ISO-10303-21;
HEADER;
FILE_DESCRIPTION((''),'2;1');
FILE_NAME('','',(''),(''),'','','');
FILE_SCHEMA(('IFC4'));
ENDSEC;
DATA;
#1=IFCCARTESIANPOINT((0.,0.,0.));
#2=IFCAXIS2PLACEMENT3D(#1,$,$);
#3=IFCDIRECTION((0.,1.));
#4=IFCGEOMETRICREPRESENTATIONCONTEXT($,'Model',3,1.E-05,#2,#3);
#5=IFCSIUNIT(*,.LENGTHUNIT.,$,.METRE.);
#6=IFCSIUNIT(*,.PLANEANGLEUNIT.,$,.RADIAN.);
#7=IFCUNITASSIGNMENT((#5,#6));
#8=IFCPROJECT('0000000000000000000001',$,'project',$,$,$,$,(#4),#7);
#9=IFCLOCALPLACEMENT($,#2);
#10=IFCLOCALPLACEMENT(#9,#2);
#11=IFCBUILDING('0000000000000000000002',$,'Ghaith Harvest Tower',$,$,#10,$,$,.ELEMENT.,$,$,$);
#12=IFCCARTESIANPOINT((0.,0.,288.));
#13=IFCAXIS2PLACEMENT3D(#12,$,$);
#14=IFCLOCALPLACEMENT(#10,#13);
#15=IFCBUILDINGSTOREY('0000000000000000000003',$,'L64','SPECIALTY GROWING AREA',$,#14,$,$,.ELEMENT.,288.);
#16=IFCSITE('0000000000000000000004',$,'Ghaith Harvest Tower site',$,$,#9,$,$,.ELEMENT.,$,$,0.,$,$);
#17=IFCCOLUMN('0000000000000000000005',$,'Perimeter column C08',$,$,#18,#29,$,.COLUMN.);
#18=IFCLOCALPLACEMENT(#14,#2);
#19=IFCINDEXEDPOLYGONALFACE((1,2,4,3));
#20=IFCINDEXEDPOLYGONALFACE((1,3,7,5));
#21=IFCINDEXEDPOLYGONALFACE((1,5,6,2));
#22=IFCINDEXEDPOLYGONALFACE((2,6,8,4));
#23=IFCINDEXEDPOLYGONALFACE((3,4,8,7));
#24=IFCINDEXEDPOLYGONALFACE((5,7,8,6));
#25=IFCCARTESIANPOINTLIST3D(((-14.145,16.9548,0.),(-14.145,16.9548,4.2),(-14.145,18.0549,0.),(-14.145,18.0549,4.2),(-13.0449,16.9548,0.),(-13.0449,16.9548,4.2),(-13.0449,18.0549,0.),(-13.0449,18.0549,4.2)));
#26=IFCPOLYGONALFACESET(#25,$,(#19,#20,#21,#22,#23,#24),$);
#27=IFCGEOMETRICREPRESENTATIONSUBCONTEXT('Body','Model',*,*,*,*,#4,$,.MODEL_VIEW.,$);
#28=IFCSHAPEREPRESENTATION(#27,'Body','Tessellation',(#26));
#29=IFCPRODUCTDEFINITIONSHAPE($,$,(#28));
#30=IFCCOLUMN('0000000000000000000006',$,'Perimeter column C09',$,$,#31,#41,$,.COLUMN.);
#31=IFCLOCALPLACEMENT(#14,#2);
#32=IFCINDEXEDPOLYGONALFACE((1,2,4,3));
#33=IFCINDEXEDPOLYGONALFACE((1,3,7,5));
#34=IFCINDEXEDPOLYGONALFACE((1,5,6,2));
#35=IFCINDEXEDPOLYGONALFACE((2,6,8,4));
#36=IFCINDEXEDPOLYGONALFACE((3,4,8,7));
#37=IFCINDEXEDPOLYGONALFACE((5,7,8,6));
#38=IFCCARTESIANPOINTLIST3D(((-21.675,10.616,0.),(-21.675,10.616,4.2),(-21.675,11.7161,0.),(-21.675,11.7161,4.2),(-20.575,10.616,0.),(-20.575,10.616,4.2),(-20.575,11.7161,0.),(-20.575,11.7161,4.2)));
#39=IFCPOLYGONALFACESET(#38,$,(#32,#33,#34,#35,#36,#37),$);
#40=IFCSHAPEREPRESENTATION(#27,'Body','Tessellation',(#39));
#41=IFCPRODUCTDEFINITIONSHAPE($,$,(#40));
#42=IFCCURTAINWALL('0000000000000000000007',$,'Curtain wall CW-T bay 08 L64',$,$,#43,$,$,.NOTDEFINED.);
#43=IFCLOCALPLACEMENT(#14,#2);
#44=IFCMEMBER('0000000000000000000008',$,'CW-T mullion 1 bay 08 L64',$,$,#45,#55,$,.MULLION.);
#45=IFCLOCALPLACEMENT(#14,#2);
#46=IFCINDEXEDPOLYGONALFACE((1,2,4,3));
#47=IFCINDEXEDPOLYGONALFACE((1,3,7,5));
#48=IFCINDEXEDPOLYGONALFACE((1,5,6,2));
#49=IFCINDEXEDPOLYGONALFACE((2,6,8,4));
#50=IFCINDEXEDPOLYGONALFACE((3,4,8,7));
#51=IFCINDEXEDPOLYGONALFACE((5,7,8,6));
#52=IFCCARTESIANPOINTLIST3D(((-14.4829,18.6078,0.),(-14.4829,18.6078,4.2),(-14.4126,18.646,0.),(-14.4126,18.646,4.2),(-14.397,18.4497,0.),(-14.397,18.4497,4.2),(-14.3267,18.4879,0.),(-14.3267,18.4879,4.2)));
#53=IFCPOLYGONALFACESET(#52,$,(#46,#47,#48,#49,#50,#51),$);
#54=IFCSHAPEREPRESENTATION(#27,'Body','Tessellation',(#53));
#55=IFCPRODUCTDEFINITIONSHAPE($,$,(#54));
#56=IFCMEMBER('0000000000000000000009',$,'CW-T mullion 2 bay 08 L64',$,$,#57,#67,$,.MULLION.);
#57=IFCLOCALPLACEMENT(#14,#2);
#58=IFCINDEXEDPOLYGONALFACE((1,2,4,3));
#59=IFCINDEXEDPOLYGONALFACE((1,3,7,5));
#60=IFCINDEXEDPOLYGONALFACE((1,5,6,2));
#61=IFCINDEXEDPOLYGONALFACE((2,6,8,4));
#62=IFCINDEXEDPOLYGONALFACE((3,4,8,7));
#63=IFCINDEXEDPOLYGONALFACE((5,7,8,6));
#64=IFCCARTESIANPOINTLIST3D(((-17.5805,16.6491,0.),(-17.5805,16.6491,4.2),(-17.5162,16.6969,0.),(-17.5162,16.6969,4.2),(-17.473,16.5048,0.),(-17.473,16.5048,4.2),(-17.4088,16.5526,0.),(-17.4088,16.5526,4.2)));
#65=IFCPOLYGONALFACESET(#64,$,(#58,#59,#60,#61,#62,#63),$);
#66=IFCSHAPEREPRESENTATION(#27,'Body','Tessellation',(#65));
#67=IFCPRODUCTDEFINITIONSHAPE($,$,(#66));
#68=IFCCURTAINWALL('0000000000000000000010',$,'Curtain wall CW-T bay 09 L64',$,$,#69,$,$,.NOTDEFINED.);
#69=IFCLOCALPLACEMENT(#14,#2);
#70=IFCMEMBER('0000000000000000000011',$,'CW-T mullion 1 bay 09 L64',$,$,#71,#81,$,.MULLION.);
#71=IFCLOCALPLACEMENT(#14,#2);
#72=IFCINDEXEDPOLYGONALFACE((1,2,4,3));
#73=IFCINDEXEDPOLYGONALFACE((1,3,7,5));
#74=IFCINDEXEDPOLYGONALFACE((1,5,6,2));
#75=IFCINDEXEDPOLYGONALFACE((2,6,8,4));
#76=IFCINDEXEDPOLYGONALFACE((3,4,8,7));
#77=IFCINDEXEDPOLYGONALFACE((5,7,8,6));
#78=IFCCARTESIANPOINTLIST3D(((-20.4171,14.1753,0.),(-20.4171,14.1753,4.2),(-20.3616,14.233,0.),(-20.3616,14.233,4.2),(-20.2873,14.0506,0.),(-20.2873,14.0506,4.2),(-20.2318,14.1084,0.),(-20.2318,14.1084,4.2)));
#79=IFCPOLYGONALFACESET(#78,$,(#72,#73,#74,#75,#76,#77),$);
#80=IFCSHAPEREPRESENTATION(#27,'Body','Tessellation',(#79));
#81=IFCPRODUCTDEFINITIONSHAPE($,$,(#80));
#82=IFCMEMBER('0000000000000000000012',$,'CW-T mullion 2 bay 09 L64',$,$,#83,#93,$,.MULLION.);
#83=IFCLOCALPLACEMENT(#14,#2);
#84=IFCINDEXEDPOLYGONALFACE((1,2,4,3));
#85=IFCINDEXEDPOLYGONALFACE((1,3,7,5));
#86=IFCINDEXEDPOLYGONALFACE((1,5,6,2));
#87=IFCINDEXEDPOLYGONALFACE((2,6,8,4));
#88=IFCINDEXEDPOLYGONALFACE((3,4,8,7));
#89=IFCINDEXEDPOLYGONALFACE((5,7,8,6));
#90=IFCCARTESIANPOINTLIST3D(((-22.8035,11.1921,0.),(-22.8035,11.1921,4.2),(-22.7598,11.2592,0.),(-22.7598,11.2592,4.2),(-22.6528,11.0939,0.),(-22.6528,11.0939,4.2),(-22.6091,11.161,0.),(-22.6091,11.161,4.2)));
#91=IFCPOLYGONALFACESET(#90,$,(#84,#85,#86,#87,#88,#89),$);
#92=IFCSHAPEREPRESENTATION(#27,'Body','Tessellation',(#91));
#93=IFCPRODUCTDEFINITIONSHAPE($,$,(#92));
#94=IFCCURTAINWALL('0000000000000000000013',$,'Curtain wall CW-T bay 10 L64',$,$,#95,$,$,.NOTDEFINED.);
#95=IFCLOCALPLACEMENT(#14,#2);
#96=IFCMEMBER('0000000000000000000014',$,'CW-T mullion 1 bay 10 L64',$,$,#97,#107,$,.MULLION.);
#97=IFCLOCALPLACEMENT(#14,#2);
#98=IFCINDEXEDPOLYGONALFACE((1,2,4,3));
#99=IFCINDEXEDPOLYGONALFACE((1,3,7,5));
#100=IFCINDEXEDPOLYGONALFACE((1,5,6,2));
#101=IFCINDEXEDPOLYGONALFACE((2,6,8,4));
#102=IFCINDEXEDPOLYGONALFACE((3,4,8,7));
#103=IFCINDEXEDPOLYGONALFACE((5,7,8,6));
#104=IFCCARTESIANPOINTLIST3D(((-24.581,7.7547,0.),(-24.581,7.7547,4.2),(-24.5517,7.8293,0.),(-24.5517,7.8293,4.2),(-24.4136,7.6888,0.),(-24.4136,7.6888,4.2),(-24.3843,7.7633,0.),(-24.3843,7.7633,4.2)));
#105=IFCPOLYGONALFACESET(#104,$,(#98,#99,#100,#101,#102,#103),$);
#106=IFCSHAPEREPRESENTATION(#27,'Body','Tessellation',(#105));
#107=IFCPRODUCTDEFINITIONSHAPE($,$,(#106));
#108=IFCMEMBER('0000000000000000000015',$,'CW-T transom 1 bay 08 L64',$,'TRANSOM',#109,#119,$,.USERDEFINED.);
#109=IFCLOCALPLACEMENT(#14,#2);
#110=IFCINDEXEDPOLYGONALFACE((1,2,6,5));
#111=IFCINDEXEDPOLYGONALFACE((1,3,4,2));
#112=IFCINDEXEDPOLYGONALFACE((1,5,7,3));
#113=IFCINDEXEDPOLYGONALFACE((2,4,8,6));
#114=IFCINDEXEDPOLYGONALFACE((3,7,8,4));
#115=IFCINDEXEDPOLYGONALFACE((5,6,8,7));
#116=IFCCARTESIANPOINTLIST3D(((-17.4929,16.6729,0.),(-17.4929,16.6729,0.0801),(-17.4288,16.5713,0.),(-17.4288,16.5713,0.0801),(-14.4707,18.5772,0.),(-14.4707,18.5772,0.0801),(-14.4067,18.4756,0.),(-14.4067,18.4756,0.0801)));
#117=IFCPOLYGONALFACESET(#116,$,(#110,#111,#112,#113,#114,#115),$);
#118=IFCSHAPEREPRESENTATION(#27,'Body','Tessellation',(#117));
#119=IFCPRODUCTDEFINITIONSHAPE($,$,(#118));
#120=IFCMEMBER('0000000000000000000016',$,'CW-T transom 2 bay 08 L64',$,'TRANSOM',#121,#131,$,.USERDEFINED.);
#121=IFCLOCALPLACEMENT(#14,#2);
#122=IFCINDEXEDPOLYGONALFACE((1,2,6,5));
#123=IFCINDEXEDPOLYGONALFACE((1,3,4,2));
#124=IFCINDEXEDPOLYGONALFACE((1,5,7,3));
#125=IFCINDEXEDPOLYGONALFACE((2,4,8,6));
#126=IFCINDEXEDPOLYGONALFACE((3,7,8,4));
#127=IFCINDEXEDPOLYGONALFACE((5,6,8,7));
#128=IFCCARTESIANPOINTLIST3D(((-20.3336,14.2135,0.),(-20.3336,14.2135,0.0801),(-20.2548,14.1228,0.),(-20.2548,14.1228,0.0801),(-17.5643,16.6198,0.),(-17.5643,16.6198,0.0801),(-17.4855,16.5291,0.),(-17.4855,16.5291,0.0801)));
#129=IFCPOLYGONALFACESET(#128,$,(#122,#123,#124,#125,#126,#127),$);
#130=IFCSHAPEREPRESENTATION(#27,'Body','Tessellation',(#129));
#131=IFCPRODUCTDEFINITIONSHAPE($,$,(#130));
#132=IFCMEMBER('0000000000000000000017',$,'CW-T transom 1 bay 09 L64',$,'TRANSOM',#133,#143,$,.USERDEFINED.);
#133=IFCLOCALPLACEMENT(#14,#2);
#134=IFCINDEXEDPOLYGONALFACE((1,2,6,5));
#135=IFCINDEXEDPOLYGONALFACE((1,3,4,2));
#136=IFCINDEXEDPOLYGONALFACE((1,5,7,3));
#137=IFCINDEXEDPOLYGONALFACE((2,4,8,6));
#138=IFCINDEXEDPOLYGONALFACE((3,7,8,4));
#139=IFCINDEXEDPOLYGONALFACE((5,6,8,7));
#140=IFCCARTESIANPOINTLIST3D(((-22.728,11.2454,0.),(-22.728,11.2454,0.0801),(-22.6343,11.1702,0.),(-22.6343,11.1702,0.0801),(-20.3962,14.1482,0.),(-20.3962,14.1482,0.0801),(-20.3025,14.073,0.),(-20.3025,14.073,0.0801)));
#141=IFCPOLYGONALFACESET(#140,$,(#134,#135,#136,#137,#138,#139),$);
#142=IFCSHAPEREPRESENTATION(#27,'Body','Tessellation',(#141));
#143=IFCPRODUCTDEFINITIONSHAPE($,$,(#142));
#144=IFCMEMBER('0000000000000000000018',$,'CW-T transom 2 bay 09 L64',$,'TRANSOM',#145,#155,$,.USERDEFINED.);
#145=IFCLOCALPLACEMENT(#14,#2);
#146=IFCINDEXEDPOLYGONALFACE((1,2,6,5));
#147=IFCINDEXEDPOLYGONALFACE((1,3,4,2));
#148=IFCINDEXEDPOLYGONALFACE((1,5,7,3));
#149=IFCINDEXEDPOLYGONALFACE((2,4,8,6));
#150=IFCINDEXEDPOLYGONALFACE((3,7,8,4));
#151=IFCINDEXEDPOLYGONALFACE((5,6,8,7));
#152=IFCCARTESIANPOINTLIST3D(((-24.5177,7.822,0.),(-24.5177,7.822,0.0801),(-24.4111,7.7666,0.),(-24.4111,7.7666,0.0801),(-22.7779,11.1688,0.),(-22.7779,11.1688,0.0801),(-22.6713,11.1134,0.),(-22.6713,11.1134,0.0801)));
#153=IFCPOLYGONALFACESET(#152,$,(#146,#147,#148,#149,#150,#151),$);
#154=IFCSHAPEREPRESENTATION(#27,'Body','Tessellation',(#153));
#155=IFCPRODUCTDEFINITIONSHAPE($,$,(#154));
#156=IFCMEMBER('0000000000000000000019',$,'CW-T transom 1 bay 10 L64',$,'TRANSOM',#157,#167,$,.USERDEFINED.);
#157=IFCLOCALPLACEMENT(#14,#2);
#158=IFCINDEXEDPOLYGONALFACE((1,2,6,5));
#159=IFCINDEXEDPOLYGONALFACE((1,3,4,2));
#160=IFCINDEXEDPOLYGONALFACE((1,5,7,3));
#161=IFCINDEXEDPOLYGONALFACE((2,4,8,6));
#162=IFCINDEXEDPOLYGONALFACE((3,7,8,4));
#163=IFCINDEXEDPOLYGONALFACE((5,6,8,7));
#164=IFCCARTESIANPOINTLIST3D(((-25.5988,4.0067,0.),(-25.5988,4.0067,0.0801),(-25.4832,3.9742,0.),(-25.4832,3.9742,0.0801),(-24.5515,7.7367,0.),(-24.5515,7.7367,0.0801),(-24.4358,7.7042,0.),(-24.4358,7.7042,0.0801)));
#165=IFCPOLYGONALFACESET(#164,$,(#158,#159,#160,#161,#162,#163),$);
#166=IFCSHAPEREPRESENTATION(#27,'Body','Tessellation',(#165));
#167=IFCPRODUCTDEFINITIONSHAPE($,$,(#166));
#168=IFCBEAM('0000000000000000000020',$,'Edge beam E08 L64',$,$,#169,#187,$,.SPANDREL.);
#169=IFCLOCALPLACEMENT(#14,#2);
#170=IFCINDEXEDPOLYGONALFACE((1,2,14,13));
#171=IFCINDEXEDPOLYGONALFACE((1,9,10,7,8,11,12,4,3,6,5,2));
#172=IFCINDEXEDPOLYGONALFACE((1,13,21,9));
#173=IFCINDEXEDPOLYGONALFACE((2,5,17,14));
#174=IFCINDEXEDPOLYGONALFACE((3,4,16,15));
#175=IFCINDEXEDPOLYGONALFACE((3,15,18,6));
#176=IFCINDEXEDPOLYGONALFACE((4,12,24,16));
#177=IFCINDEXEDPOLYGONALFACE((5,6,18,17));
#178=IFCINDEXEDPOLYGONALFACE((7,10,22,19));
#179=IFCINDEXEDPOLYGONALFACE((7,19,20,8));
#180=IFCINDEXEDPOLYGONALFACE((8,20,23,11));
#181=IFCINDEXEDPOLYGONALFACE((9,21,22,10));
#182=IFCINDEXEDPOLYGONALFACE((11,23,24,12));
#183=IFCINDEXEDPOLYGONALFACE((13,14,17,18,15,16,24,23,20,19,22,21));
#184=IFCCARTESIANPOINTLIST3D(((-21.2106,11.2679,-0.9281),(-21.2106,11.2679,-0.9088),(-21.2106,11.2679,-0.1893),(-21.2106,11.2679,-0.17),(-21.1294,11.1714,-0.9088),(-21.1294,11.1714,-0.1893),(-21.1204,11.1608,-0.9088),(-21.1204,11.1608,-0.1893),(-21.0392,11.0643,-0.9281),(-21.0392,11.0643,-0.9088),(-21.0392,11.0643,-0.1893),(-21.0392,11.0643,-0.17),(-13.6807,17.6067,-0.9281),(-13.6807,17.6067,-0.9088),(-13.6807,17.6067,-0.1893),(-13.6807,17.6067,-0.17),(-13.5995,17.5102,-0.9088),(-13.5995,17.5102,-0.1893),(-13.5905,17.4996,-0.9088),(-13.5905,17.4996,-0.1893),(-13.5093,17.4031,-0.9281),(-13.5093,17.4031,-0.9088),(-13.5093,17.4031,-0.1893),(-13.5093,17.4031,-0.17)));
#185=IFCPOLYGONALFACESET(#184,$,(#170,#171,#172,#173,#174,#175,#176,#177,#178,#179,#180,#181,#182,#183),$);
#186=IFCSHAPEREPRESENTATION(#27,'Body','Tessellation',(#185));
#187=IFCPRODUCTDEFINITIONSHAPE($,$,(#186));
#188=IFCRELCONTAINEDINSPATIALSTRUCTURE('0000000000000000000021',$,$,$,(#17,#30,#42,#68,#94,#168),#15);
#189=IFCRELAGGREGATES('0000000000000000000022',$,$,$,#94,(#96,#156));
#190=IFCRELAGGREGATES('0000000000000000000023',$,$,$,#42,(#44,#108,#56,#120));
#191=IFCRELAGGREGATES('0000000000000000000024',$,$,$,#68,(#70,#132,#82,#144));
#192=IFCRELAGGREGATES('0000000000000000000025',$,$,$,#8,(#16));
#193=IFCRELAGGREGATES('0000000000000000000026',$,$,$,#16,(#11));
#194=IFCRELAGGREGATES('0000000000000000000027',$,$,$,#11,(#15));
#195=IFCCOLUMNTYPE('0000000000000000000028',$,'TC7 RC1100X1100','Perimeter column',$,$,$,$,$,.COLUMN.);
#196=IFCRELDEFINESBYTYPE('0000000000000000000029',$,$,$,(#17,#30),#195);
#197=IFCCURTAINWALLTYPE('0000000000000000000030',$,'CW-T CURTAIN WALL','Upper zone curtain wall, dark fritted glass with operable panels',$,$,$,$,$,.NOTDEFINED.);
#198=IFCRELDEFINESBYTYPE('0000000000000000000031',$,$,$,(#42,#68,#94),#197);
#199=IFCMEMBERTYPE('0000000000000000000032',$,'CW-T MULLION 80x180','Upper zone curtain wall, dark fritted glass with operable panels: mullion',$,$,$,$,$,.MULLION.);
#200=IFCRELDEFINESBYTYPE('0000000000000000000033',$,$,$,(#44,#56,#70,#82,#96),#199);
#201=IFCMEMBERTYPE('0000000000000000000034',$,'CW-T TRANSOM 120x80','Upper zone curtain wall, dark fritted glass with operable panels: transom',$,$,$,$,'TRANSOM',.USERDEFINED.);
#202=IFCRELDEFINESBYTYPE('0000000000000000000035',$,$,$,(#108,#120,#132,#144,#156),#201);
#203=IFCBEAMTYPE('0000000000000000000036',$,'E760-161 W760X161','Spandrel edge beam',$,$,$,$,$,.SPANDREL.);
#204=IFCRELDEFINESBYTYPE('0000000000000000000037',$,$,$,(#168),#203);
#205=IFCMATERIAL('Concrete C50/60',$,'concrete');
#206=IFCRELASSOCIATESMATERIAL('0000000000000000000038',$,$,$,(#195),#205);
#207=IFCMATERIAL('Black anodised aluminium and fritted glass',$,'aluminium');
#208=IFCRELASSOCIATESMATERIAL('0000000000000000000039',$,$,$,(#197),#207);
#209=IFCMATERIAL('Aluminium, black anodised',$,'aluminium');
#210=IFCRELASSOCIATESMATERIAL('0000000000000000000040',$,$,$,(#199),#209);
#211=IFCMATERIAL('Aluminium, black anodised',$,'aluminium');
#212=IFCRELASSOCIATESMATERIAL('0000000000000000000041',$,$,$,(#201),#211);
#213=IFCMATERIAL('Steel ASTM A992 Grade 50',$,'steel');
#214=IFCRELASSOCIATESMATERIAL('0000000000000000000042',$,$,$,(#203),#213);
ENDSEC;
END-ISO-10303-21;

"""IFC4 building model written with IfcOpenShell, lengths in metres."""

from ifc_helpers import new_model, si_unit, direction, frame, origin, origin_2d, place, context, subcontext, project, spatial, rectangle, i_section, extrude, material, material_profile, profile_set, type_object, element, aggregate, save


model = new_model("IFC4")

# Units and contexts
model_context = context("Model", 3, precision=1e-05, world=origin(), true_north=direction((0.0, 1.0)))
body_context = subcontext(model_context, "Body", "Model", "MODEL_VIEW")
ifc_project = project(units=[si_unit("LENGTHUNIT", "METRE"), si_unit("PLANEANGLEUNIT", "RADIAN")], contexts=[model_context])

# Site, building, storey
site_placement = place(None, origin())
site = spatial("IfcSite", under=ifc_project, at=site_placement, Name="Ghaith Harvest Tower site", CompositionType="ELEMENT", RefElevation=0.0)
building_placement = place(site_placement, origin())
building = spatial("IfcBuilding", under=site, at=building_placement, Name="Ghaith Harvest Tower", CompositionType="ELEMENT")
storey_placement = place(building_placement, frame((0.0, 0.0, 288.0)))
storey = spatial("IfcBuildingStorey", under=building, at=storey_placement, Name="L64", Description="SPECIALTY GROWING AREA", CompositionType="ELEMENT", Elevation=288.0)

# Columns
ifc_material_1 = material(Name="Concrete C50/60", Category="concrete")
ifc_material_profile_1 = material_profile(ifc_material_1, rectangle(XDim=1.1001, YDim=1.1001, at=origin_2d()), Name="RC1100X1100")
ifc_profile_set_1 = profile_set([ifc_material_profile_1], Name="Concrete C50/60")
column_type = type_object("IfcColumnType", Name="TC7 RC1100X1100", Description="Perimeter column", PredefinedType="COLUMN", material=ifc_profile_set_1)
for number, where, z_axis, x_axis, name in (
    (1, (-13.595, 17.5049, 0.0), (0.0, 0.0, 1.0), (1.0, 0.0, 0.0), "Perimeter column C08"),
    (2, (-21.125, 11.166, 0.0), (0.0, 0.0, 1.0), (1.0, 0.0, 0.0), "Perimeter column C09"),
):
    element("IfcColumn", number, at=place(storey_placement, frame(where, z_axis=z_axis, x_axis=x_axis)), inside=storey, type_object=column_type, Name=name, PredefinedType="COLUMN", context=body_context, shape_type="SweptSolid", body=[
        extrude(rectangle(XDim=1.1001, YDim=1.1001, at=origin_2d()), origin(), (0.0, 0.0, 1.0), 4.2),
    ])

# Curtain walls, members
ifc_material_2 = material(Name="Black anodised aluminium and fritted glass", Category="aluminium")
curtain_wall_type = type_object("IfcCurtainWallType", Name="CW-T CURTAIN WALL", Description="Upper zone curtain wall, dark fritted glass with operable panels", PredefinedType="NOTDEFINED", material=ifc_material_2)
curtain_wall_1_placement = place(storey_placement, origin())
curtain_wall_1 = element("IfcCurtainWall", 3, at=curtain_wall_1_placement, inside=storey, type_object=curtain_wall_type, Name="Curtain wall CW-T bay 08 L64", PredefinedType="NOTDEFINED")
ifc_material_3 = material(Name="Aluminium, black anodised", Category="aluminium")
ifc_material_profile_2 = material_profile(ifc_material_3, rectangle(XDim=0.0801, YDim=0.1799, at=origin_2d()), Name="CW-T MULLION 80x180")
ifc_profile_set_2 = profile_set([ifc_material_profile_2], Name="Aluminium, black anodised")
member_type_1 = type_object("IfcMemberType", Name="CW-T MULLION 80x180", Description="Upper zone curtain wall, dark fritted glass with operable panels: mullion", PredefinedType="MULLION", material=ifc_profile_set_2)
member_1_placement = place(storey_placement, frame((-14.4048, 18.5479, 0.0), z_axis=(0.0, 0.0, 1.0), x_axis=(-0.878672, -0.477426, 0.0)))
member_1 = element("IfcMember", 4, at=member_1_placement, type_object=member_type_1, Name="CW-T mullion 1 bay 08 L64", PredefinedType="MULLION", context=body_context, shape_type="SweptSolid", body=[
    extrude(rectangle(XDim=0.0801, YDim=0.1799, at=origin_2d()), origin(), (0.0, 0.0, 1.0), 4.2),
])
member_2_placement = place(storey_placement, frame((-17.4946, 16.6008, 0.0), z_axis=(0.0, 0.0, 1.0), x_axis=(-0.80219, -0.597069, 0.0)))
member_2 = element("IfcMember", 5, at=member_2_placement, type_object=member_type_1, Name="CW-T mullion 2 bay 08 L64", PredefinedType="MULLION", context=body_context, shape_type="SweptSolid", body=[
    extrude(rectangle(XDim=0.0801, YDim=0.1799, at=origin_2d()), origin(), (0.0, 0.0, 1.0), 4.2),
])
curtain_wall_2_placement = place(storey_placement, origin())
curtain_wall_2 = element("IfcCurtainWall", 6, at=curtain_wall_2_placement, inside=storey, type_object=curtain_wall_type, Name="Curtain wall CW-T bay 09 L64", PredefinedType="NOTDEFINED")
member_3_placement = place(storey_placement, frame((-20.3245, 14.1418, 0.0), z_axis=(0.0, 0.0, 1.0), x_axis=(-0.692826, -0.721104, 0.0)))
member_3 = element("IfcMember", 7, at=member_3_placement, type_object=member_type_1, Name="CW-T mullion 1 bay 09 L64", PredefinedType="MULLION", context=body_context, shape_type="SweptSolid", body=[
    extrude(rectangle(XDim=0.0801, YDim=0.1799, at=origin_2d()), origin(), (0.0, 0.0, 1.0), 4.2),
])
member_4_placement = place(storey_placement, frame((-22.7063, 11.1765, 0.0), z_axis=(0.0, 0.0, 1.0), x_axis=(-0.545865, -0.837873, 0.0)))
member_4 = element("IfcMember", 8, at=member_4_placement, type_object=member_type_1, Name="CW-T mullion 2 bay 09 L64", PredefinedType="MULLION", context=body_context, shape_type="SweptSolid", body=[
    extrude(rectangle(XDim=0.0801, YDim=0.1799, at=origin_2d()), origin(), (0.0, 0.0, 1.0), 4.2),
])

# Curtain wall, member
curtain_wall_3_placement = place(storey_placement, origin())
curtain_wall_3 = element("IfcCurtainWall", 9, at=curtain_wall_3_placement, inside=storey, type_object=curtain_wall_type, Name="Curtain wall CW-T bay 10 L64", PredefinedType="NOTDEFINED")
member_5_placement = place(storey_placement, frame((-24.4827, 7.759, 0.0), z_axis=(0.0, 0.0, 1.0), x_axis=(-0.366473, -0.930429, 0.0)))
member_5 = element("IfcMember", 10, at=member_5_placement, type_object=member_type_1, Name="CW-T mullion 1 bay 10 L64", PredefinedType="MULLION", context=body_context, shape_type="SweptSolid", body=[
    extrude(rectangle(XDim=0.0801, YDim=0.1799, at=origin_2d()), origin(), (0.0, 0.0, 1.0), 4.2),
])

# Members
ifc_material_4 = material(Name="Aluminium, black anodised", Category="aluminium")
ifc_material_profile_3 = material_profile(ifc_material_4, rectangle(XDim=0.1201, YDim=0.0801, at=origin_2d()), Name="CW-T TRANSOM 120x80")
ifc_profile_set_3 = profile_set([ifc_material_profile_3], Name="Aluminium, black anodised")
member_type_2 = type_object("IfcMemberType", Name="CW-T TRANSOM 120x80", Description="Upper zone curtain wall, dark fritted glass with operable panels: transom", ElementType="TRANSOM", PredefinedType="USERDEFINED", material=ifc_profile_set_3)
member_6_placement = place(storey_placement, frame((-14.4387, 18.5264, 0.04), z_axis=(-0.846054, -0.533098, 0.0), x_axis=(0.533098, -0.846054, 0.0)))
member_6 = element("IfcMember", 11, at=member_6_placement, type_object=member_type_2, Name="CW-T transom 1 bay 08 L64", ObjectType="TRANSOM", PredefinedType="USERDEFINED", context=body_context, shape_type="SweptSolid", body=[
    extrude(rectangle(XDim=0.1201, YDim=0.0801, at=origin_2d()), origin(), (0.0, 0.0, 1.0), 3.572),
])
member_7_placement = place(storey_placement, frame((-17.5249, 16.5745, 0.04), z_axis=(-0.754852, -0.655895, 0.0), x_axis=(0.655895, -0.754852, 0.0)))
member_7 = element("IfcMember", 12, at=member_7_placement, type_object=member_type_2, Name="CW-T transom 2 bay 08 L64", ObjectType="TRANSOM", PredefinedType="USERDEFINED", context=body_context, shape_type="SweptSolid", body=[
    extrude(rectangle(XDim=0.1201, YDim=0.0801, at=origin_2d()), origin(), (0.0, 0.0, 1.0), 3.6687),
])
member_8_placement = place(storey_placement, frame((-20.3494, 14.1106, 0.04), z_axis=(-0.626253, -0.77962, 0.0), x_axis=(0.77962, -0.626253, 0.0)))
member_8 = element("IfcMember", 13, at=member_8_placement, type_object=member_type_2, Name="CW-T transom 1 bay 09 L64", ObjectType="TRANSOM", PredefinedType="USERDEFINED", context=body_context, shape_type="SweptSolid", body=[
    extrude(rectangle(XDim=0.1201, YDim=0.0801, at=origin_2d()), origin(), (0.0, 0.0, 1.0), 3.7234),
])
member_9_placement = place(storey_placement, frame((-22.7246, 11.1411, 0.04), z_axis=(-0.461243, -0.887274, 0.0), x_axis=(0.887274, -0.461243, 0.0)))
member_9 = element("IfcMember", 14, at=member_9_placement, type_object=member_type_2, Name="CW-T transom 2 bay 09 L64", ObjectType="TRANSOM", PredefinedType="USERDEFINED", context=body_context, shape_type="SweptSolid", body=[
    extrude(rectangle(XDim=0.1201, YDim=0.0801, at=origin_2d()), origin(), (0.0, 0.0, 1.0), 3.772),
])
member_10_placement = place(storey_placement, frame((-24.4937, 7.7205, 0.04), z_axis=(-0.27034, -0.962765, 0.0), x_axis=(0.962765, -0.27034, 0.0)))
member_10 = element("IfcMember", 15, at=member_10_placement, type_object=member_type_2, Name="CW-T transom 1 bay 10 L64", ObjectType="TRANSOM", PredefinedType="USERDEFINED", context=body_context, shape_type="SweptSolid", body=[
    extrude(rectangle(XDim=0.1201, YDim=0.0801, at=origin_2d()), origin(), (0.0, 0.0, 1.0), 3.8743),
])
aggregate(curtain_wall_3, [member_5, member_10])

# Beam
ifc_material_5 = material(Name="Steel ASTM A992 Grade 50", Category="steel")
ifc_material_profile_4 = material_profile(ifc_material_5, i_section(OverallWidth=0.2661, OverallDepth=0.7581, WebThickness=0.0139, FlangeThickness=0.0193, at=origin_2d()), Name="W760X161")
ifc_profile_set_4 = profile_set([ifc_material_profile_4], Name="Steel ASTM A992 Grade 50")
beam_type = type_object("IfcBeamType", Name="E760-161 W760X161", Description="Spandrel edge beam", PredefinedType="SPANDREL", material=ifc_profile_set_4)
beam_1_placement = place(storey_placement, frame((-13.595, 17.5049, -0.5491), z_axis=(-0.765022, -0.644004, 0.0), x_axis=(0.644004, -0.765022, 0.0)))
element("IfcBeam", 16, at=beam_1_placement, inside=storey, type_object=beam_type, Name="Edge beam E08 L64", PredefinedType="SPANDREL", context=body_context, shape_type="SweptSolid", body=[
    extrude(i_section(OverallWidth=0.2661, OverallDepth=0.7581, WebThickness=0.0139, FlangeThickness=0.0193, at=origin_2d()), origin(), (0.0, 0.0, 1.0), 9.8428),
])

aggregate(curtain_wall_1, [member_1, member_6, member_2, member_7])
aggregate(curtain_wall_2, [member_3, member_8, member_4, member_9])

save(model, "model.ifc")
